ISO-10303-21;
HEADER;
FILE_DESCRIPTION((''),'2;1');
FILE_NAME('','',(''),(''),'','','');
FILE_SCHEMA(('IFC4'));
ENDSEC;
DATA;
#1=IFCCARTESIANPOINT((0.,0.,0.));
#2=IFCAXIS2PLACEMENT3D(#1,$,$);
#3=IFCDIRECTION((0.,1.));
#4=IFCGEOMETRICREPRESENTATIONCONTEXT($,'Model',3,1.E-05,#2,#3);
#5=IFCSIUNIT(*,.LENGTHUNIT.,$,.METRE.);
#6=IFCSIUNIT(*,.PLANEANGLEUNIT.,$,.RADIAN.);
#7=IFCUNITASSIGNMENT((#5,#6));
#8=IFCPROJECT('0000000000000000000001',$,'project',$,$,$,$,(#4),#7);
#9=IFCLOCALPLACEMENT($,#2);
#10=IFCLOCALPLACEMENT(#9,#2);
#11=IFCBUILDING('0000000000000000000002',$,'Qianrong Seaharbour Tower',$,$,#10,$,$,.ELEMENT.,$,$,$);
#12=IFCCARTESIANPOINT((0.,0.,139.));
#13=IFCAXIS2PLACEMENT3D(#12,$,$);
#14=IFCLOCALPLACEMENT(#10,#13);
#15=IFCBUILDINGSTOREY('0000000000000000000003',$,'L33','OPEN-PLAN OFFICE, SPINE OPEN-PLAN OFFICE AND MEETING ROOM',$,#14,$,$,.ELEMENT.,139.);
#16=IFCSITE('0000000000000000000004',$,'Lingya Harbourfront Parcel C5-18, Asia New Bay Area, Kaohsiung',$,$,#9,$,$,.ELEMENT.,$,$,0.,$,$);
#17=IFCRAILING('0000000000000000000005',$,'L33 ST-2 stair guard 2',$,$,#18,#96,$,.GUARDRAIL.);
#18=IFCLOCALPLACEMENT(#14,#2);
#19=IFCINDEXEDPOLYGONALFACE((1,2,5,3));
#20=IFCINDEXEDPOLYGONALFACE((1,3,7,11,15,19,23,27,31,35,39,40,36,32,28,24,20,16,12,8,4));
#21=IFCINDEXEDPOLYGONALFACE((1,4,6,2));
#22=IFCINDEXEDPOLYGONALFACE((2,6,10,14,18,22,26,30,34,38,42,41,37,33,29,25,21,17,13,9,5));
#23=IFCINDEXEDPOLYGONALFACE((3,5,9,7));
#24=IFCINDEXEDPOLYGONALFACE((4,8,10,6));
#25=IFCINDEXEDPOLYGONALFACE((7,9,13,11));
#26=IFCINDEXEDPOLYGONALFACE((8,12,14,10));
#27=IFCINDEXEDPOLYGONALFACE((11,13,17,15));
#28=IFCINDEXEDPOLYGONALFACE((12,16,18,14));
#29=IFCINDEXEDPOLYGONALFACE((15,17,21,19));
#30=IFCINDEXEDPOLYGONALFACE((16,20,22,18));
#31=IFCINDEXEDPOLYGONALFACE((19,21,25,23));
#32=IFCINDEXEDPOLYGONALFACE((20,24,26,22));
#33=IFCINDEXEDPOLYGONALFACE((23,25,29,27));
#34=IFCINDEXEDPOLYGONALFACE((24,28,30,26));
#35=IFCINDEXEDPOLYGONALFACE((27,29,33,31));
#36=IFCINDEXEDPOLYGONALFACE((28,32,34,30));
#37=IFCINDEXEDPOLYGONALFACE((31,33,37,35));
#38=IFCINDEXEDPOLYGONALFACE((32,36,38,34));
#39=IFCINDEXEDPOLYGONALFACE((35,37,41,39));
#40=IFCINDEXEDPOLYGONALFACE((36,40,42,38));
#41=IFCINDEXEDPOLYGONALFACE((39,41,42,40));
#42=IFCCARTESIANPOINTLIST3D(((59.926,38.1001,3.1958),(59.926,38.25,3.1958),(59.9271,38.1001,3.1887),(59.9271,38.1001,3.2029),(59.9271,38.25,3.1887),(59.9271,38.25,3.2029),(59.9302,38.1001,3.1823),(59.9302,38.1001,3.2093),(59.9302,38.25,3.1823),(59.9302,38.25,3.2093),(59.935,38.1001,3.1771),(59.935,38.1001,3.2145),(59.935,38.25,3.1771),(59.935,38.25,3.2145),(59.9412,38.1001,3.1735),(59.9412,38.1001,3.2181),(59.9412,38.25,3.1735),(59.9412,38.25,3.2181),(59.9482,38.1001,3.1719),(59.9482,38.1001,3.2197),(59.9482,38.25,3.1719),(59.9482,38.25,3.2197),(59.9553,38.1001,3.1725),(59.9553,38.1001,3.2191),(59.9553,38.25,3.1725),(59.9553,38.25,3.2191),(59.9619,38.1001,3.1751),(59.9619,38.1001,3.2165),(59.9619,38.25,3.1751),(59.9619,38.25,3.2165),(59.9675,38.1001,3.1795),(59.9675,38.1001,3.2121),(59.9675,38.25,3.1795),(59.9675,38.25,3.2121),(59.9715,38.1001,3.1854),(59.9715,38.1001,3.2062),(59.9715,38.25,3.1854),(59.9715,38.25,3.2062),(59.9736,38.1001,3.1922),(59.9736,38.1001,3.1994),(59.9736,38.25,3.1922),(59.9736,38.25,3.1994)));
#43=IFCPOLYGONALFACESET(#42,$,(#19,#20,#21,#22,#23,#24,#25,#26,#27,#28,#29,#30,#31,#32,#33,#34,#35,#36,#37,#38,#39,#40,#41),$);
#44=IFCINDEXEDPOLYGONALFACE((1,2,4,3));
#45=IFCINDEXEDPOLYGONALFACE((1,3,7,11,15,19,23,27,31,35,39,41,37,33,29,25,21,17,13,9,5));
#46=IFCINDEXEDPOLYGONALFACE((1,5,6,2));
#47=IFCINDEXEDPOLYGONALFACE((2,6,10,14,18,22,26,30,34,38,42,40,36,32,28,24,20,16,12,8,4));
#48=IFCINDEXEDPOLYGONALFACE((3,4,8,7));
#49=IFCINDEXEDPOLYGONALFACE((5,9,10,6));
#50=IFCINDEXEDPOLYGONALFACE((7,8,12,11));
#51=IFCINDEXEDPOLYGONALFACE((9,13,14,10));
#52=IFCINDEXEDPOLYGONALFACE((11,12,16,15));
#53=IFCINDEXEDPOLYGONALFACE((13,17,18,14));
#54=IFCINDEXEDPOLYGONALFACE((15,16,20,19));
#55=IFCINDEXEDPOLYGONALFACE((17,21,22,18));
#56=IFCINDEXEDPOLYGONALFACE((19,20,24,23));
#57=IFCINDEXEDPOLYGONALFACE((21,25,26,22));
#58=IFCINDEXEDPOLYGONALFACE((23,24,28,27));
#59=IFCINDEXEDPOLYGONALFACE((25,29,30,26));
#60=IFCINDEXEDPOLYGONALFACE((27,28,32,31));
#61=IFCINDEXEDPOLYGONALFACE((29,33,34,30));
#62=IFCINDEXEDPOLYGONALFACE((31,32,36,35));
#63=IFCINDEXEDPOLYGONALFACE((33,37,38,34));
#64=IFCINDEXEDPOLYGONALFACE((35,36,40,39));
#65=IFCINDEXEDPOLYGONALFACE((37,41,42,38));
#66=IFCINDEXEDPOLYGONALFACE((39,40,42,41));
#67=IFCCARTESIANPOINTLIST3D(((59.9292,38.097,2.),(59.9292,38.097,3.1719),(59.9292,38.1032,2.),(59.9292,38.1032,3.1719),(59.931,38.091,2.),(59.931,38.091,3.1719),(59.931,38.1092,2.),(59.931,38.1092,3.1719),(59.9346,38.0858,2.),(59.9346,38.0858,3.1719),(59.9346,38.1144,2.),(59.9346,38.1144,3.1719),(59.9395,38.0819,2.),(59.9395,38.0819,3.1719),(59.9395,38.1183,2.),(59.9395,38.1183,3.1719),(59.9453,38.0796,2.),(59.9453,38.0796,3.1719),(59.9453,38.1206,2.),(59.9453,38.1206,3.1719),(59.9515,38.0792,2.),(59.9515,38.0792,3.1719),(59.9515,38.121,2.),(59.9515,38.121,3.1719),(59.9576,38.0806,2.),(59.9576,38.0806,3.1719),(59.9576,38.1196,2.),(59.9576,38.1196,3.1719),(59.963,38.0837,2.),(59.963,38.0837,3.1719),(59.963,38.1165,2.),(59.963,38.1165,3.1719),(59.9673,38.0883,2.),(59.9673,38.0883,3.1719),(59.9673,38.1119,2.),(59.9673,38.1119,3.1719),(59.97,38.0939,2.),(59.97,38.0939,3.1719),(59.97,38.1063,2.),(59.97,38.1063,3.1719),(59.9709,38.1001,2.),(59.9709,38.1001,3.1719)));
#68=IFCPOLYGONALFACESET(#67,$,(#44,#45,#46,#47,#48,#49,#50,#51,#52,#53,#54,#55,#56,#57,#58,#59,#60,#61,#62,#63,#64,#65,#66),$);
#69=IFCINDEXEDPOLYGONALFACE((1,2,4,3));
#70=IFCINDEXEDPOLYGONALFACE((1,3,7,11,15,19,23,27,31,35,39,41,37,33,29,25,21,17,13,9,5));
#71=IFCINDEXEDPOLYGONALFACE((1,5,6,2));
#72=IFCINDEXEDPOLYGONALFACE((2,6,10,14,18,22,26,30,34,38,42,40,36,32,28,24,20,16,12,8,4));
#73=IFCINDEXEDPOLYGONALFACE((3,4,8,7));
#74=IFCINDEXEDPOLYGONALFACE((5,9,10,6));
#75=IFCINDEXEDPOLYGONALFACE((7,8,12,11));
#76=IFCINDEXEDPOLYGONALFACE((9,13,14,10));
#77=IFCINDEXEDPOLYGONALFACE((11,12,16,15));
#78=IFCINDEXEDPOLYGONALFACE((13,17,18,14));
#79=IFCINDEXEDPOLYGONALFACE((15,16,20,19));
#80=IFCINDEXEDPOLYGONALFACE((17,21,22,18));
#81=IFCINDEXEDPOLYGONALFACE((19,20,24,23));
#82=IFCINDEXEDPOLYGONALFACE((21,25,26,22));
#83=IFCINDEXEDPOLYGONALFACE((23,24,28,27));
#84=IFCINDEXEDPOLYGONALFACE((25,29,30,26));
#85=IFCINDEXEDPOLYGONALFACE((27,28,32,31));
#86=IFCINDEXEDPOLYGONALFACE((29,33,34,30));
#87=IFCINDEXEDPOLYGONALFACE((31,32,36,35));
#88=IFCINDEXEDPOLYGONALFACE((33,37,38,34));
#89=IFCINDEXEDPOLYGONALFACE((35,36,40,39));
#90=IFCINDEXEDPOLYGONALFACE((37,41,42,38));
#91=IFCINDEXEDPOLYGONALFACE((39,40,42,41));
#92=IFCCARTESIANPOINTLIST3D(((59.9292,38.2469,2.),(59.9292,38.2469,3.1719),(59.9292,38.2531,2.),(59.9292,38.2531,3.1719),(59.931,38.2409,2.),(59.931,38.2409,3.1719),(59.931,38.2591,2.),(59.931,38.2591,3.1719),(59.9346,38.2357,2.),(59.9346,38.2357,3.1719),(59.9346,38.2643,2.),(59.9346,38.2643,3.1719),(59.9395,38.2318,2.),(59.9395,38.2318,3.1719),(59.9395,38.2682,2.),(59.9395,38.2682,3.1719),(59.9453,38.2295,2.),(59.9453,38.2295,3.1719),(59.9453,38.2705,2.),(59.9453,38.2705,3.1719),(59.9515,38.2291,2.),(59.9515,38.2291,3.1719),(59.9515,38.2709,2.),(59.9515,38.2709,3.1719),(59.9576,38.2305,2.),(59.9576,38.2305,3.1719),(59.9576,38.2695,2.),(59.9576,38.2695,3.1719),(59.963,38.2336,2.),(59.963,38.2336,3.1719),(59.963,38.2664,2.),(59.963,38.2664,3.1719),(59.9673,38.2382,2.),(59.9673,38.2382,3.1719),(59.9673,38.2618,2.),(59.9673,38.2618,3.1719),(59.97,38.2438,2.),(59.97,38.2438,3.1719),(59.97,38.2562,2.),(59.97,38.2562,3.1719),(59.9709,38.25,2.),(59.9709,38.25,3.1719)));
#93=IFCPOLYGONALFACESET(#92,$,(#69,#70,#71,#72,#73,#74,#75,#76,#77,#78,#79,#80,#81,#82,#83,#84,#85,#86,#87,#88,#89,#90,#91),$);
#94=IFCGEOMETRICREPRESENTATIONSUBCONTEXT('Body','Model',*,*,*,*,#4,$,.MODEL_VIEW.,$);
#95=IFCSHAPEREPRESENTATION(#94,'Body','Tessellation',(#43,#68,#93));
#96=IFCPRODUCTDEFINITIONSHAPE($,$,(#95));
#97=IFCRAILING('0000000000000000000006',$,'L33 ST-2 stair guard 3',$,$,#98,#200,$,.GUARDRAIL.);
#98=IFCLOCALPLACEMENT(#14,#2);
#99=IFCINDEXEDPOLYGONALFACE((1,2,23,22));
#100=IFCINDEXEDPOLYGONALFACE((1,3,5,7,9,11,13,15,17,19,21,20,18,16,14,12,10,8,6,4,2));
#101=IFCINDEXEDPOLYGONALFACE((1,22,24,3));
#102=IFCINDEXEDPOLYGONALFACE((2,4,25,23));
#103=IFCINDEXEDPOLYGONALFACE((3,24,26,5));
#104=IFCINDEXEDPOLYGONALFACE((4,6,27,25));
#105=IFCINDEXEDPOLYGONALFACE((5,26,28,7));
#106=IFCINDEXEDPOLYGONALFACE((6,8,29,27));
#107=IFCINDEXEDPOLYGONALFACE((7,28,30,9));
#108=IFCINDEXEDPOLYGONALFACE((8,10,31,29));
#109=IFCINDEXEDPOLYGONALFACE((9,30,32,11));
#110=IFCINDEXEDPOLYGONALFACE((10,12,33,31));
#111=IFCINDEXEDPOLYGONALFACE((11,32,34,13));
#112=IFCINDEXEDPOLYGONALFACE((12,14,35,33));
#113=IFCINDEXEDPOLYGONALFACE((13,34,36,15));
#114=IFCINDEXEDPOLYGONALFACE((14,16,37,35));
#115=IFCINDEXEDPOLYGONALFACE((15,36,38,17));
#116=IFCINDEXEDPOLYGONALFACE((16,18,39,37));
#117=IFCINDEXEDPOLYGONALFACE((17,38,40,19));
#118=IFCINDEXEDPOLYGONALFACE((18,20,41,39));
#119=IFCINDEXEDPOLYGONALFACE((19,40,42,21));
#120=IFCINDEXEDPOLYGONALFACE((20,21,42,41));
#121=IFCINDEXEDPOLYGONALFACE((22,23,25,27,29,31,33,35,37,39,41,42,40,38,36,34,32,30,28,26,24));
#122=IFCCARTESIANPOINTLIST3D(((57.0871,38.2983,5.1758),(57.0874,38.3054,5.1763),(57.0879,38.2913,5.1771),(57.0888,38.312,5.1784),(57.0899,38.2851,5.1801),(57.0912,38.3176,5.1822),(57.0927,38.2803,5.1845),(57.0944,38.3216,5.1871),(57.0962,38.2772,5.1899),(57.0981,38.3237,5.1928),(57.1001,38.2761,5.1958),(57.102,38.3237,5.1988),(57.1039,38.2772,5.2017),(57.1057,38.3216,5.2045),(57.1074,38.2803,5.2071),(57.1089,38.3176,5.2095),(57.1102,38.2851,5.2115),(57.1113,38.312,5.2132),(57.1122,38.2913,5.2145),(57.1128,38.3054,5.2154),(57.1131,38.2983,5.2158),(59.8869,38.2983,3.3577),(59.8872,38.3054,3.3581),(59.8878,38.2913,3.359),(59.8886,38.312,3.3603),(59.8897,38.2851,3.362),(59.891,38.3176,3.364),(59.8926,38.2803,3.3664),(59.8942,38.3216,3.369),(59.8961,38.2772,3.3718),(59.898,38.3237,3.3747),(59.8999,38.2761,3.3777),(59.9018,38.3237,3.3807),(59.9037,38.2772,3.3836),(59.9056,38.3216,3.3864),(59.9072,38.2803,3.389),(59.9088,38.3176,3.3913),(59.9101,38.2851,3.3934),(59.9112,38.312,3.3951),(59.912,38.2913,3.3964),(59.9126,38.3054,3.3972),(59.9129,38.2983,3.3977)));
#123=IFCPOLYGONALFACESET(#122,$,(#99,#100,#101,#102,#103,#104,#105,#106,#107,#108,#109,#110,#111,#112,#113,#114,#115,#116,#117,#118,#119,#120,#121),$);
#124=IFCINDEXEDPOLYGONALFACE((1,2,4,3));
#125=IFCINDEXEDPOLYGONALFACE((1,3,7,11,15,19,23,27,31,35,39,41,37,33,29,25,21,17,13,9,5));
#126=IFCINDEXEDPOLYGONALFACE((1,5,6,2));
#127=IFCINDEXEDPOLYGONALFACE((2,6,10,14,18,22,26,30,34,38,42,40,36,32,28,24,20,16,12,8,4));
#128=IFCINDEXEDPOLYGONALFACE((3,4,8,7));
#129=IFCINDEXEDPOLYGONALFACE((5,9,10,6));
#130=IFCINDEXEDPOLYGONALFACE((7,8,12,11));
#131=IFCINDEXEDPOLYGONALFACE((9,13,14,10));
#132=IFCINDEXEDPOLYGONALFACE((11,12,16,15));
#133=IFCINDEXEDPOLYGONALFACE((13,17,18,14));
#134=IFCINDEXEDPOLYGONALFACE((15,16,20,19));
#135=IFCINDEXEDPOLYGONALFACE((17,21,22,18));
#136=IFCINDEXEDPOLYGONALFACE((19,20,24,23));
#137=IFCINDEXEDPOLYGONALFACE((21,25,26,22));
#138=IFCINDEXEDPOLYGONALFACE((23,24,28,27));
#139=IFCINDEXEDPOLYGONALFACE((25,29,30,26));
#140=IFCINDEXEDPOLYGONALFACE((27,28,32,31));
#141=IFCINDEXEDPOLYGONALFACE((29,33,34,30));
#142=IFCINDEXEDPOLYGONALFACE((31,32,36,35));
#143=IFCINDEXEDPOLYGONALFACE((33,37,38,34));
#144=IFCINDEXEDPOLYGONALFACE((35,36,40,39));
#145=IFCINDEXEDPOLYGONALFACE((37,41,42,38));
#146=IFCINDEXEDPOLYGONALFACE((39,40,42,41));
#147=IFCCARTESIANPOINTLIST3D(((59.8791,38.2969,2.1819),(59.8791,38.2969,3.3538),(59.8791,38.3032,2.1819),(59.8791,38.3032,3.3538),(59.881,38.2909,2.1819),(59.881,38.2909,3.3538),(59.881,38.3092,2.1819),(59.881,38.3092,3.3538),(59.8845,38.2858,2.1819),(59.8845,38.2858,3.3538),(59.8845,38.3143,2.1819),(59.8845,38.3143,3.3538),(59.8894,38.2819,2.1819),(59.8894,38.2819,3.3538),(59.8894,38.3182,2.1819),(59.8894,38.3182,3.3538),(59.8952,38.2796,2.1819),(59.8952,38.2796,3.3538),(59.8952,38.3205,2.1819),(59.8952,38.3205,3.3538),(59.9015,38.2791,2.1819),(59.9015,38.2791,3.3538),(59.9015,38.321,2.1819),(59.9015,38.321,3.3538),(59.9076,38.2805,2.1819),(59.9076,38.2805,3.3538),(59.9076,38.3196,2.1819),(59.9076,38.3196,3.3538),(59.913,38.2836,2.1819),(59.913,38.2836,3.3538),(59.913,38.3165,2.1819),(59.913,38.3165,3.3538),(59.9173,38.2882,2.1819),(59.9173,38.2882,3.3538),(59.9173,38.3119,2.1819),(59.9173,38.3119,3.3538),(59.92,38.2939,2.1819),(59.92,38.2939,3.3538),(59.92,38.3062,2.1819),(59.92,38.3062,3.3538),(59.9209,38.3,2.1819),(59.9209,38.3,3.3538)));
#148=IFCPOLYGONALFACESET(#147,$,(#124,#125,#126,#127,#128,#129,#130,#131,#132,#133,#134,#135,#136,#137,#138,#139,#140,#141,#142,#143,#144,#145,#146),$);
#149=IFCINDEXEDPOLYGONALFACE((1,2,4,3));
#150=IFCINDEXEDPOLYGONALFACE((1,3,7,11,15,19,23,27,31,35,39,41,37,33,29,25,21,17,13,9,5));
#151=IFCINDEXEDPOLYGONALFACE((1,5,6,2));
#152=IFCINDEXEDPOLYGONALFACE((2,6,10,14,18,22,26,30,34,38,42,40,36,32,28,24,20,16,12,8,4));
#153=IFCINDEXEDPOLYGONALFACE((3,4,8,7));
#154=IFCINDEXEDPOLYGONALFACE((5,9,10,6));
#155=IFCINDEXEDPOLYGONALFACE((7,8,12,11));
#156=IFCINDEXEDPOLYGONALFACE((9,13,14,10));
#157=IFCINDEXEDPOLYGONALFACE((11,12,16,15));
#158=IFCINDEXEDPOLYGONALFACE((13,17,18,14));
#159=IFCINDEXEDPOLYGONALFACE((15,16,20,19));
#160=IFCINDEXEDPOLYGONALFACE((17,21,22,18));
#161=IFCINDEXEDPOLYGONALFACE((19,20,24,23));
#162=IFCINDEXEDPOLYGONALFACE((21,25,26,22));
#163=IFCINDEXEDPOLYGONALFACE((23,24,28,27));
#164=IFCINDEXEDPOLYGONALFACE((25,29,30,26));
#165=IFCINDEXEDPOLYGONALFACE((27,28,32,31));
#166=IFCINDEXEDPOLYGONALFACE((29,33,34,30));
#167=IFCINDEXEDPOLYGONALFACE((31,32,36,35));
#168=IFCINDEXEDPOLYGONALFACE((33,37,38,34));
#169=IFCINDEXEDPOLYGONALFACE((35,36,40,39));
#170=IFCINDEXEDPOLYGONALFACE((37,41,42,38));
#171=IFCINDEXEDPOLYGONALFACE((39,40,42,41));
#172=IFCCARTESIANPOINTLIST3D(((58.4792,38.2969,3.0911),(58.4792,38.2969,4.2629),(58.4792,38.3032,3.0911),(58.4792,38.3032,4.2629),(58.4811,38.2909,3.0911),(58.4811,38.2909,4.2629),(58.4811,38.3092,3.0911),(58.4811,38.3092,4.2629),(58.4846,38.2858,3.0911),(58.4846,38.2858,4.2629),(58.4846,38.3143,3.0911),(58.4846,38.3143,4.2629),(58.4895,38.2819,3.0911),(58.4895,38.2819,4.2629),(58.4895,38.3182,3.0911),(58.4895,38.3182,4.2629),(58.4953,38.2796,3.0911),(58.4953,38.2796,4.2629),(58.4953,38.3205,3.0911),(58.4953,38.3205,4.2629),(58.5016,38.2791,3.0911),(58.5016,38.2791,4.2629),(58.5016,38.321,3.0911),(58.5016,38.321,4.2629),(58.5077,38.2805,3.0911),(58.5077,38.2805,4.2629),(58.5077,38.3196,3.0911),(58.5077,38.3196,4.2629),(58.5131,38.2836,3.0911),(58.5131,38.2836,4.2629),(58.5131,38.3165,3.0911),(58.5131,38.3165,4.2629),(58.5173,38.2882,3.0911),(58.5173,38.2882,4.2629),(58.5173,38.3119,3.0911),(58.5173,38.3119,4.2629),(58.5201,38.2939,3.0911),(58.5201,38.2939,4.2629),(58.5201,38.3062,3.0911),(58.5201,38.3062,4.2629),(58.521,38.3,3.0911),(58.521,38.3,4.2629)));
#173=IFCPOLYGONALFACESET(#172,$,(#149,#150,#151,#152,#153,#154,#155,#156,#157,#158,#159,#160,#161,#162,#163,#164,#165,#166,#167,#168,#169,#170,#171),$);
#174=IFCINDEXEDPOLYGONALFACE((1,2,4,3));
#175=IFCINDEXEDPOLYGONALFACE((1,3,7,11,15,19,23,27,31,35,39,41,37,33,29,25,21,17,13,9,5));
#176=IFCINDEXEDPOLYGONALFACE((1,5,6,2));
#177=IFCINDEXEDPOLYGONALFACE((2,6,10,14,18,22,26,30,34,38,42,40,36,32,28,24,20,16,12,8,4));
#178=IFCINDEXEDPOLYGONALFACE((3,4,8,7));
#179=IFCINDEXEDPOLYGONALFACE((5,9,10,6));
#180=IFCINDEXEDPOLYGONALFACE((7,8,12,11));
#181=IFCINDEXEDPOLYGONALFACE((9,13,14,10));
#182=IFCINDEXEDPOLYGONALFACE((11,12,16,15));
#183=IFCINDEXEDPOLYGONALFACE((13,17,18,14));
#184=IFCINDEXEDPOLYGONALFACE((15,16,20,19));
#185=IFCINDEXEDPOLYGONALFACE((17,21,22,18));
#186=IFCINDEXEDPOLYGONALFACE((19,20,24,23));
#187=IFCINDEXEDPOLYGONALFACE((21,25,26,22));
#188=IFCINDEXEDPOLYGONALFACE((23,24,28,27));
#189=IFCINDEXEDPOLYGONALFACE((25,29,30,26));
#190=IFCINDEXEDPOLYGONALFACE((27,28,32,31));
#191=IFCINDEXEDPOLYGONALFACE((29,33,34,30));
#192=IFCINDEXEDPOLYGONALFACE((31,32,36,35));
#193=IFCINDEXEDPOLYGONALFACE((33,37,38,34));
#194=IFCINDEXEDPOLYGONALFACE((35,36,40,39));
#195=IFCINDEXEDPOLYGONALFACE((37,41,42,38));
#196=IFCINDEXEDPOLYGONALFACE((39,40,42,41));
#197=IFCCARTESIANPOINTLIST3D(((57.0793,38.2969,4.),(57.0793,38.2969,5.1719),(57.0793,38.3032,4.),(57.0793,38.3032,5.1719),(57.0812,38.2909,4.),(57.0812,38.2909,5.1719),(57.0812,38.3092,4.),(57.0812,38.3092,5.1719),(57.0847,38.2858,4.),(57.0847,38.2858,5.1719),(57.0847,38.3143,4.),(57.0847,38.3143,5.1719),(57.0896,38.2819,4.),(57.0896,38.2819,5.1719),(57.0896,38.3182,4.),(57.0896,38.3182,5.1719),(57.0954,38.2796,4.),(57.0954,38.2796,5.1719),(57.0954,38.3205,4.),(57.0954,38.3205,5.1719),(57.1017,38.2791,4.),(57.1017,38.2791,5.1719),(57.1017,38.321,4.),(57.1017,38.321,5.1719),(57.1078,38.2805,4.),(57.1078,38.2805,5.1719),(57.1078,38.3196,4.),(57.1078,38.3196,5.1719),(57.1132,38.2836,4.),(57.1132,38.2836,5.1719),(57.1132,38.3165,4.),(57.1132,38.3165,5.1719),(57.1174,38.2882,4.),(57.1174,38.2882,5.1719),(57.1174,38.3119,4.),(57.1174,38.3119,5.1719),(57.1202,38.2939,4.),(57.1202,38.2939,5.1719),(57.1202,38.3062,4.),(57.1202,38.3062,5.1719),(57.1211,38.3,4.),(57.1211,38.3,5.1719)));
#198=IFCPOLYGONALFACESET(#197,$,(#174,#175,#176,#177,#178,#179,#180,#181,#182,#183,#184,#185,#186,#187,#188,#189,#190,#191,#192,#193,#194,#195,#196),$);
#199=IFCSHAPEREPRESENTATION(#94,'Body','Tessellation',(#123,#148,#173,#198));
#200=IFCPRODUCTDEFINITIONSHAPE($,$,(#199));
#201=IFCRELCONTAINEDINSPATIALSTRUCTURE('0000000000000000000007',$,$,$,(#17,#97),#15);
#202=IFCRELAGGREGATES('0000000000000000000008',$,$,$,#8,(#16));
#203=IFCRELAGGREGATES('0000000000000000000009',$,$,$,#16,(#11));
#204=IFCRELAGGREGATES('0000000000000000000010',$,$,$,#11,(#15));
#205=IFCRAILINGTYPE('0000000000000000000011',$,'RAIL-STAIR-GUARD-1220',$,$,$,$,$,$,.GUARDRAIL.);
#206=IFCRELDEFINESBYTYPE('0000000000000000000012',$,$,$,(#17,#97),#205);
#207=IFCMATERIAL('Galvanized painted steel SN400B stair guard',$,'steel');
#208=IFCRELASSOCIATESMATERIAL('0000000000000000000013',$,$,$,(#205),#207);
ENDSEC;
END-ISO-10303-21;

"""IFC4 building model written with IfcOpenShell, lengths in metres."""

from ifc_helpers import new_model, si_unit, direction, frame, origin, origin_2d, place, context, subcontext, project, spatial, circle, extrude, material, type_object, element, save


model = new_model("IFC4")

# Units and contexts
model_context = context("Model", 3, precision=1e-05, world=origin(), true_north=direction((0.0, 1.0)))
body_context = subcontext(model_context, "Body", "Model", "MODEL_VIEW")
ifc_project = project(units=[si_unit("LENGTHUNIT", "METRE"), si_unit("PLANEANGLEUNIT", "RADIAN")], contexts=[model_context])

# Site, building, storey
site_placement = place(None, origin())
site = spatial("IfcSite", under=ifc_project, at=site_placement, Name="Lingya Harbourfront Parcel C5-18, Asia New Bay Area, Kaohsiung", CompositionType="ELEMENT", RefElevation=0.0)
building_placement = place(site_placement, origin())
building = spatial("IfcBuilding", under=site, at=building_placement, Name="Qianrong Seaharbour Tower", CompositionType="ELEMENT")
storey_placement = place(building_placement, frame((0.0, 0.0, 139.0)))
storey = spatial("IfcBuildingStorey", under=building, at=storey_placement, Name="L33", Description="OPEN-PLAN OFFICE, SPINE OPEN-PLAN OFFICE AND MEETING ROOM", CompositionType="ELEMENT", Elevation=139.0)

# Railings
ifc_material_1 = material(Name="Galvanized painted steel SN400B stair guard", Category="steel")
railing_type_1 = type_object("IfcRailingType", Name="RAIL-STAIR-GUARD-1220", PredefinedType="GUARDRAIL", material=ifc_material_1)
railing_1_placement = place(storey_placement, frame((59.95, 38.1001, 2.0)))
element("IfcRailing", 1, at=railing_1_placement, inside=storey, type_object=railing_type_1, Name="L33 ST-2 stair guard 2", PredefinedType="GUARDRAIL", context=body_context, shape_type="SweptSolid", body=[
    extrude(circle(Radius=0.0239, at=origin_2d()), frame((0.0, 0.0, 1.1958), z_axis=(0.0, 1.0, 0.0), x_axis=(-1.0, 0.0, 0.0)), (0.0, 0.0, 1.0), 0.1499),
    extrude(circle(Radius=0.021, at=origin_2d()), origin(), (0.0, 0.0, 1.0), 1.1719),
    extrude(circle(Radius=0.021, at=origin_2d()), frame((0.0, 0.1499, 0.0)), (0.0, 0.0, 1.0), 1.1719),
])
railing_2_placement = place(storey_placement, frame((59.8999, 38.3, 2.1819)))
element("IfcRailing", 2, at=railing_2_placement, inside=storey, type_object=railing_type_1, Name="L33 ST-2 stair guard 3", PredefinedType="GUARDRAIL", context=body_context, shape_type="SweptSolid", body=[
    extrude(circle(Radius=0.0239, at=origin_2d()), frame((0.0, 0.0, 1.1958), z_axis=(-0.838684, 0.0, 0.544618), x_axis=(0.0, -1.0, 0.0)), (0.0, 0.0, 1.0), 3.3384),
    extrude(circle(Radius=0.021, at=origin_2d()), origin(), (0.0, 0.0, 1.0), 1.1719),
    extrude(circle(Radius=0.021, at=origin_2d()), frame((-1.3999, 0.0, 0.9092)), (0.0, 0.0, 1.0), 1.1719),
    extrude(circle(Radius=0.021, at=origin_2d()), frame((-2.7998, 0.0, 1.8181)), (0.0, 0.0, 1.0), 1.1719),
])

save(model, "model.ifc")
